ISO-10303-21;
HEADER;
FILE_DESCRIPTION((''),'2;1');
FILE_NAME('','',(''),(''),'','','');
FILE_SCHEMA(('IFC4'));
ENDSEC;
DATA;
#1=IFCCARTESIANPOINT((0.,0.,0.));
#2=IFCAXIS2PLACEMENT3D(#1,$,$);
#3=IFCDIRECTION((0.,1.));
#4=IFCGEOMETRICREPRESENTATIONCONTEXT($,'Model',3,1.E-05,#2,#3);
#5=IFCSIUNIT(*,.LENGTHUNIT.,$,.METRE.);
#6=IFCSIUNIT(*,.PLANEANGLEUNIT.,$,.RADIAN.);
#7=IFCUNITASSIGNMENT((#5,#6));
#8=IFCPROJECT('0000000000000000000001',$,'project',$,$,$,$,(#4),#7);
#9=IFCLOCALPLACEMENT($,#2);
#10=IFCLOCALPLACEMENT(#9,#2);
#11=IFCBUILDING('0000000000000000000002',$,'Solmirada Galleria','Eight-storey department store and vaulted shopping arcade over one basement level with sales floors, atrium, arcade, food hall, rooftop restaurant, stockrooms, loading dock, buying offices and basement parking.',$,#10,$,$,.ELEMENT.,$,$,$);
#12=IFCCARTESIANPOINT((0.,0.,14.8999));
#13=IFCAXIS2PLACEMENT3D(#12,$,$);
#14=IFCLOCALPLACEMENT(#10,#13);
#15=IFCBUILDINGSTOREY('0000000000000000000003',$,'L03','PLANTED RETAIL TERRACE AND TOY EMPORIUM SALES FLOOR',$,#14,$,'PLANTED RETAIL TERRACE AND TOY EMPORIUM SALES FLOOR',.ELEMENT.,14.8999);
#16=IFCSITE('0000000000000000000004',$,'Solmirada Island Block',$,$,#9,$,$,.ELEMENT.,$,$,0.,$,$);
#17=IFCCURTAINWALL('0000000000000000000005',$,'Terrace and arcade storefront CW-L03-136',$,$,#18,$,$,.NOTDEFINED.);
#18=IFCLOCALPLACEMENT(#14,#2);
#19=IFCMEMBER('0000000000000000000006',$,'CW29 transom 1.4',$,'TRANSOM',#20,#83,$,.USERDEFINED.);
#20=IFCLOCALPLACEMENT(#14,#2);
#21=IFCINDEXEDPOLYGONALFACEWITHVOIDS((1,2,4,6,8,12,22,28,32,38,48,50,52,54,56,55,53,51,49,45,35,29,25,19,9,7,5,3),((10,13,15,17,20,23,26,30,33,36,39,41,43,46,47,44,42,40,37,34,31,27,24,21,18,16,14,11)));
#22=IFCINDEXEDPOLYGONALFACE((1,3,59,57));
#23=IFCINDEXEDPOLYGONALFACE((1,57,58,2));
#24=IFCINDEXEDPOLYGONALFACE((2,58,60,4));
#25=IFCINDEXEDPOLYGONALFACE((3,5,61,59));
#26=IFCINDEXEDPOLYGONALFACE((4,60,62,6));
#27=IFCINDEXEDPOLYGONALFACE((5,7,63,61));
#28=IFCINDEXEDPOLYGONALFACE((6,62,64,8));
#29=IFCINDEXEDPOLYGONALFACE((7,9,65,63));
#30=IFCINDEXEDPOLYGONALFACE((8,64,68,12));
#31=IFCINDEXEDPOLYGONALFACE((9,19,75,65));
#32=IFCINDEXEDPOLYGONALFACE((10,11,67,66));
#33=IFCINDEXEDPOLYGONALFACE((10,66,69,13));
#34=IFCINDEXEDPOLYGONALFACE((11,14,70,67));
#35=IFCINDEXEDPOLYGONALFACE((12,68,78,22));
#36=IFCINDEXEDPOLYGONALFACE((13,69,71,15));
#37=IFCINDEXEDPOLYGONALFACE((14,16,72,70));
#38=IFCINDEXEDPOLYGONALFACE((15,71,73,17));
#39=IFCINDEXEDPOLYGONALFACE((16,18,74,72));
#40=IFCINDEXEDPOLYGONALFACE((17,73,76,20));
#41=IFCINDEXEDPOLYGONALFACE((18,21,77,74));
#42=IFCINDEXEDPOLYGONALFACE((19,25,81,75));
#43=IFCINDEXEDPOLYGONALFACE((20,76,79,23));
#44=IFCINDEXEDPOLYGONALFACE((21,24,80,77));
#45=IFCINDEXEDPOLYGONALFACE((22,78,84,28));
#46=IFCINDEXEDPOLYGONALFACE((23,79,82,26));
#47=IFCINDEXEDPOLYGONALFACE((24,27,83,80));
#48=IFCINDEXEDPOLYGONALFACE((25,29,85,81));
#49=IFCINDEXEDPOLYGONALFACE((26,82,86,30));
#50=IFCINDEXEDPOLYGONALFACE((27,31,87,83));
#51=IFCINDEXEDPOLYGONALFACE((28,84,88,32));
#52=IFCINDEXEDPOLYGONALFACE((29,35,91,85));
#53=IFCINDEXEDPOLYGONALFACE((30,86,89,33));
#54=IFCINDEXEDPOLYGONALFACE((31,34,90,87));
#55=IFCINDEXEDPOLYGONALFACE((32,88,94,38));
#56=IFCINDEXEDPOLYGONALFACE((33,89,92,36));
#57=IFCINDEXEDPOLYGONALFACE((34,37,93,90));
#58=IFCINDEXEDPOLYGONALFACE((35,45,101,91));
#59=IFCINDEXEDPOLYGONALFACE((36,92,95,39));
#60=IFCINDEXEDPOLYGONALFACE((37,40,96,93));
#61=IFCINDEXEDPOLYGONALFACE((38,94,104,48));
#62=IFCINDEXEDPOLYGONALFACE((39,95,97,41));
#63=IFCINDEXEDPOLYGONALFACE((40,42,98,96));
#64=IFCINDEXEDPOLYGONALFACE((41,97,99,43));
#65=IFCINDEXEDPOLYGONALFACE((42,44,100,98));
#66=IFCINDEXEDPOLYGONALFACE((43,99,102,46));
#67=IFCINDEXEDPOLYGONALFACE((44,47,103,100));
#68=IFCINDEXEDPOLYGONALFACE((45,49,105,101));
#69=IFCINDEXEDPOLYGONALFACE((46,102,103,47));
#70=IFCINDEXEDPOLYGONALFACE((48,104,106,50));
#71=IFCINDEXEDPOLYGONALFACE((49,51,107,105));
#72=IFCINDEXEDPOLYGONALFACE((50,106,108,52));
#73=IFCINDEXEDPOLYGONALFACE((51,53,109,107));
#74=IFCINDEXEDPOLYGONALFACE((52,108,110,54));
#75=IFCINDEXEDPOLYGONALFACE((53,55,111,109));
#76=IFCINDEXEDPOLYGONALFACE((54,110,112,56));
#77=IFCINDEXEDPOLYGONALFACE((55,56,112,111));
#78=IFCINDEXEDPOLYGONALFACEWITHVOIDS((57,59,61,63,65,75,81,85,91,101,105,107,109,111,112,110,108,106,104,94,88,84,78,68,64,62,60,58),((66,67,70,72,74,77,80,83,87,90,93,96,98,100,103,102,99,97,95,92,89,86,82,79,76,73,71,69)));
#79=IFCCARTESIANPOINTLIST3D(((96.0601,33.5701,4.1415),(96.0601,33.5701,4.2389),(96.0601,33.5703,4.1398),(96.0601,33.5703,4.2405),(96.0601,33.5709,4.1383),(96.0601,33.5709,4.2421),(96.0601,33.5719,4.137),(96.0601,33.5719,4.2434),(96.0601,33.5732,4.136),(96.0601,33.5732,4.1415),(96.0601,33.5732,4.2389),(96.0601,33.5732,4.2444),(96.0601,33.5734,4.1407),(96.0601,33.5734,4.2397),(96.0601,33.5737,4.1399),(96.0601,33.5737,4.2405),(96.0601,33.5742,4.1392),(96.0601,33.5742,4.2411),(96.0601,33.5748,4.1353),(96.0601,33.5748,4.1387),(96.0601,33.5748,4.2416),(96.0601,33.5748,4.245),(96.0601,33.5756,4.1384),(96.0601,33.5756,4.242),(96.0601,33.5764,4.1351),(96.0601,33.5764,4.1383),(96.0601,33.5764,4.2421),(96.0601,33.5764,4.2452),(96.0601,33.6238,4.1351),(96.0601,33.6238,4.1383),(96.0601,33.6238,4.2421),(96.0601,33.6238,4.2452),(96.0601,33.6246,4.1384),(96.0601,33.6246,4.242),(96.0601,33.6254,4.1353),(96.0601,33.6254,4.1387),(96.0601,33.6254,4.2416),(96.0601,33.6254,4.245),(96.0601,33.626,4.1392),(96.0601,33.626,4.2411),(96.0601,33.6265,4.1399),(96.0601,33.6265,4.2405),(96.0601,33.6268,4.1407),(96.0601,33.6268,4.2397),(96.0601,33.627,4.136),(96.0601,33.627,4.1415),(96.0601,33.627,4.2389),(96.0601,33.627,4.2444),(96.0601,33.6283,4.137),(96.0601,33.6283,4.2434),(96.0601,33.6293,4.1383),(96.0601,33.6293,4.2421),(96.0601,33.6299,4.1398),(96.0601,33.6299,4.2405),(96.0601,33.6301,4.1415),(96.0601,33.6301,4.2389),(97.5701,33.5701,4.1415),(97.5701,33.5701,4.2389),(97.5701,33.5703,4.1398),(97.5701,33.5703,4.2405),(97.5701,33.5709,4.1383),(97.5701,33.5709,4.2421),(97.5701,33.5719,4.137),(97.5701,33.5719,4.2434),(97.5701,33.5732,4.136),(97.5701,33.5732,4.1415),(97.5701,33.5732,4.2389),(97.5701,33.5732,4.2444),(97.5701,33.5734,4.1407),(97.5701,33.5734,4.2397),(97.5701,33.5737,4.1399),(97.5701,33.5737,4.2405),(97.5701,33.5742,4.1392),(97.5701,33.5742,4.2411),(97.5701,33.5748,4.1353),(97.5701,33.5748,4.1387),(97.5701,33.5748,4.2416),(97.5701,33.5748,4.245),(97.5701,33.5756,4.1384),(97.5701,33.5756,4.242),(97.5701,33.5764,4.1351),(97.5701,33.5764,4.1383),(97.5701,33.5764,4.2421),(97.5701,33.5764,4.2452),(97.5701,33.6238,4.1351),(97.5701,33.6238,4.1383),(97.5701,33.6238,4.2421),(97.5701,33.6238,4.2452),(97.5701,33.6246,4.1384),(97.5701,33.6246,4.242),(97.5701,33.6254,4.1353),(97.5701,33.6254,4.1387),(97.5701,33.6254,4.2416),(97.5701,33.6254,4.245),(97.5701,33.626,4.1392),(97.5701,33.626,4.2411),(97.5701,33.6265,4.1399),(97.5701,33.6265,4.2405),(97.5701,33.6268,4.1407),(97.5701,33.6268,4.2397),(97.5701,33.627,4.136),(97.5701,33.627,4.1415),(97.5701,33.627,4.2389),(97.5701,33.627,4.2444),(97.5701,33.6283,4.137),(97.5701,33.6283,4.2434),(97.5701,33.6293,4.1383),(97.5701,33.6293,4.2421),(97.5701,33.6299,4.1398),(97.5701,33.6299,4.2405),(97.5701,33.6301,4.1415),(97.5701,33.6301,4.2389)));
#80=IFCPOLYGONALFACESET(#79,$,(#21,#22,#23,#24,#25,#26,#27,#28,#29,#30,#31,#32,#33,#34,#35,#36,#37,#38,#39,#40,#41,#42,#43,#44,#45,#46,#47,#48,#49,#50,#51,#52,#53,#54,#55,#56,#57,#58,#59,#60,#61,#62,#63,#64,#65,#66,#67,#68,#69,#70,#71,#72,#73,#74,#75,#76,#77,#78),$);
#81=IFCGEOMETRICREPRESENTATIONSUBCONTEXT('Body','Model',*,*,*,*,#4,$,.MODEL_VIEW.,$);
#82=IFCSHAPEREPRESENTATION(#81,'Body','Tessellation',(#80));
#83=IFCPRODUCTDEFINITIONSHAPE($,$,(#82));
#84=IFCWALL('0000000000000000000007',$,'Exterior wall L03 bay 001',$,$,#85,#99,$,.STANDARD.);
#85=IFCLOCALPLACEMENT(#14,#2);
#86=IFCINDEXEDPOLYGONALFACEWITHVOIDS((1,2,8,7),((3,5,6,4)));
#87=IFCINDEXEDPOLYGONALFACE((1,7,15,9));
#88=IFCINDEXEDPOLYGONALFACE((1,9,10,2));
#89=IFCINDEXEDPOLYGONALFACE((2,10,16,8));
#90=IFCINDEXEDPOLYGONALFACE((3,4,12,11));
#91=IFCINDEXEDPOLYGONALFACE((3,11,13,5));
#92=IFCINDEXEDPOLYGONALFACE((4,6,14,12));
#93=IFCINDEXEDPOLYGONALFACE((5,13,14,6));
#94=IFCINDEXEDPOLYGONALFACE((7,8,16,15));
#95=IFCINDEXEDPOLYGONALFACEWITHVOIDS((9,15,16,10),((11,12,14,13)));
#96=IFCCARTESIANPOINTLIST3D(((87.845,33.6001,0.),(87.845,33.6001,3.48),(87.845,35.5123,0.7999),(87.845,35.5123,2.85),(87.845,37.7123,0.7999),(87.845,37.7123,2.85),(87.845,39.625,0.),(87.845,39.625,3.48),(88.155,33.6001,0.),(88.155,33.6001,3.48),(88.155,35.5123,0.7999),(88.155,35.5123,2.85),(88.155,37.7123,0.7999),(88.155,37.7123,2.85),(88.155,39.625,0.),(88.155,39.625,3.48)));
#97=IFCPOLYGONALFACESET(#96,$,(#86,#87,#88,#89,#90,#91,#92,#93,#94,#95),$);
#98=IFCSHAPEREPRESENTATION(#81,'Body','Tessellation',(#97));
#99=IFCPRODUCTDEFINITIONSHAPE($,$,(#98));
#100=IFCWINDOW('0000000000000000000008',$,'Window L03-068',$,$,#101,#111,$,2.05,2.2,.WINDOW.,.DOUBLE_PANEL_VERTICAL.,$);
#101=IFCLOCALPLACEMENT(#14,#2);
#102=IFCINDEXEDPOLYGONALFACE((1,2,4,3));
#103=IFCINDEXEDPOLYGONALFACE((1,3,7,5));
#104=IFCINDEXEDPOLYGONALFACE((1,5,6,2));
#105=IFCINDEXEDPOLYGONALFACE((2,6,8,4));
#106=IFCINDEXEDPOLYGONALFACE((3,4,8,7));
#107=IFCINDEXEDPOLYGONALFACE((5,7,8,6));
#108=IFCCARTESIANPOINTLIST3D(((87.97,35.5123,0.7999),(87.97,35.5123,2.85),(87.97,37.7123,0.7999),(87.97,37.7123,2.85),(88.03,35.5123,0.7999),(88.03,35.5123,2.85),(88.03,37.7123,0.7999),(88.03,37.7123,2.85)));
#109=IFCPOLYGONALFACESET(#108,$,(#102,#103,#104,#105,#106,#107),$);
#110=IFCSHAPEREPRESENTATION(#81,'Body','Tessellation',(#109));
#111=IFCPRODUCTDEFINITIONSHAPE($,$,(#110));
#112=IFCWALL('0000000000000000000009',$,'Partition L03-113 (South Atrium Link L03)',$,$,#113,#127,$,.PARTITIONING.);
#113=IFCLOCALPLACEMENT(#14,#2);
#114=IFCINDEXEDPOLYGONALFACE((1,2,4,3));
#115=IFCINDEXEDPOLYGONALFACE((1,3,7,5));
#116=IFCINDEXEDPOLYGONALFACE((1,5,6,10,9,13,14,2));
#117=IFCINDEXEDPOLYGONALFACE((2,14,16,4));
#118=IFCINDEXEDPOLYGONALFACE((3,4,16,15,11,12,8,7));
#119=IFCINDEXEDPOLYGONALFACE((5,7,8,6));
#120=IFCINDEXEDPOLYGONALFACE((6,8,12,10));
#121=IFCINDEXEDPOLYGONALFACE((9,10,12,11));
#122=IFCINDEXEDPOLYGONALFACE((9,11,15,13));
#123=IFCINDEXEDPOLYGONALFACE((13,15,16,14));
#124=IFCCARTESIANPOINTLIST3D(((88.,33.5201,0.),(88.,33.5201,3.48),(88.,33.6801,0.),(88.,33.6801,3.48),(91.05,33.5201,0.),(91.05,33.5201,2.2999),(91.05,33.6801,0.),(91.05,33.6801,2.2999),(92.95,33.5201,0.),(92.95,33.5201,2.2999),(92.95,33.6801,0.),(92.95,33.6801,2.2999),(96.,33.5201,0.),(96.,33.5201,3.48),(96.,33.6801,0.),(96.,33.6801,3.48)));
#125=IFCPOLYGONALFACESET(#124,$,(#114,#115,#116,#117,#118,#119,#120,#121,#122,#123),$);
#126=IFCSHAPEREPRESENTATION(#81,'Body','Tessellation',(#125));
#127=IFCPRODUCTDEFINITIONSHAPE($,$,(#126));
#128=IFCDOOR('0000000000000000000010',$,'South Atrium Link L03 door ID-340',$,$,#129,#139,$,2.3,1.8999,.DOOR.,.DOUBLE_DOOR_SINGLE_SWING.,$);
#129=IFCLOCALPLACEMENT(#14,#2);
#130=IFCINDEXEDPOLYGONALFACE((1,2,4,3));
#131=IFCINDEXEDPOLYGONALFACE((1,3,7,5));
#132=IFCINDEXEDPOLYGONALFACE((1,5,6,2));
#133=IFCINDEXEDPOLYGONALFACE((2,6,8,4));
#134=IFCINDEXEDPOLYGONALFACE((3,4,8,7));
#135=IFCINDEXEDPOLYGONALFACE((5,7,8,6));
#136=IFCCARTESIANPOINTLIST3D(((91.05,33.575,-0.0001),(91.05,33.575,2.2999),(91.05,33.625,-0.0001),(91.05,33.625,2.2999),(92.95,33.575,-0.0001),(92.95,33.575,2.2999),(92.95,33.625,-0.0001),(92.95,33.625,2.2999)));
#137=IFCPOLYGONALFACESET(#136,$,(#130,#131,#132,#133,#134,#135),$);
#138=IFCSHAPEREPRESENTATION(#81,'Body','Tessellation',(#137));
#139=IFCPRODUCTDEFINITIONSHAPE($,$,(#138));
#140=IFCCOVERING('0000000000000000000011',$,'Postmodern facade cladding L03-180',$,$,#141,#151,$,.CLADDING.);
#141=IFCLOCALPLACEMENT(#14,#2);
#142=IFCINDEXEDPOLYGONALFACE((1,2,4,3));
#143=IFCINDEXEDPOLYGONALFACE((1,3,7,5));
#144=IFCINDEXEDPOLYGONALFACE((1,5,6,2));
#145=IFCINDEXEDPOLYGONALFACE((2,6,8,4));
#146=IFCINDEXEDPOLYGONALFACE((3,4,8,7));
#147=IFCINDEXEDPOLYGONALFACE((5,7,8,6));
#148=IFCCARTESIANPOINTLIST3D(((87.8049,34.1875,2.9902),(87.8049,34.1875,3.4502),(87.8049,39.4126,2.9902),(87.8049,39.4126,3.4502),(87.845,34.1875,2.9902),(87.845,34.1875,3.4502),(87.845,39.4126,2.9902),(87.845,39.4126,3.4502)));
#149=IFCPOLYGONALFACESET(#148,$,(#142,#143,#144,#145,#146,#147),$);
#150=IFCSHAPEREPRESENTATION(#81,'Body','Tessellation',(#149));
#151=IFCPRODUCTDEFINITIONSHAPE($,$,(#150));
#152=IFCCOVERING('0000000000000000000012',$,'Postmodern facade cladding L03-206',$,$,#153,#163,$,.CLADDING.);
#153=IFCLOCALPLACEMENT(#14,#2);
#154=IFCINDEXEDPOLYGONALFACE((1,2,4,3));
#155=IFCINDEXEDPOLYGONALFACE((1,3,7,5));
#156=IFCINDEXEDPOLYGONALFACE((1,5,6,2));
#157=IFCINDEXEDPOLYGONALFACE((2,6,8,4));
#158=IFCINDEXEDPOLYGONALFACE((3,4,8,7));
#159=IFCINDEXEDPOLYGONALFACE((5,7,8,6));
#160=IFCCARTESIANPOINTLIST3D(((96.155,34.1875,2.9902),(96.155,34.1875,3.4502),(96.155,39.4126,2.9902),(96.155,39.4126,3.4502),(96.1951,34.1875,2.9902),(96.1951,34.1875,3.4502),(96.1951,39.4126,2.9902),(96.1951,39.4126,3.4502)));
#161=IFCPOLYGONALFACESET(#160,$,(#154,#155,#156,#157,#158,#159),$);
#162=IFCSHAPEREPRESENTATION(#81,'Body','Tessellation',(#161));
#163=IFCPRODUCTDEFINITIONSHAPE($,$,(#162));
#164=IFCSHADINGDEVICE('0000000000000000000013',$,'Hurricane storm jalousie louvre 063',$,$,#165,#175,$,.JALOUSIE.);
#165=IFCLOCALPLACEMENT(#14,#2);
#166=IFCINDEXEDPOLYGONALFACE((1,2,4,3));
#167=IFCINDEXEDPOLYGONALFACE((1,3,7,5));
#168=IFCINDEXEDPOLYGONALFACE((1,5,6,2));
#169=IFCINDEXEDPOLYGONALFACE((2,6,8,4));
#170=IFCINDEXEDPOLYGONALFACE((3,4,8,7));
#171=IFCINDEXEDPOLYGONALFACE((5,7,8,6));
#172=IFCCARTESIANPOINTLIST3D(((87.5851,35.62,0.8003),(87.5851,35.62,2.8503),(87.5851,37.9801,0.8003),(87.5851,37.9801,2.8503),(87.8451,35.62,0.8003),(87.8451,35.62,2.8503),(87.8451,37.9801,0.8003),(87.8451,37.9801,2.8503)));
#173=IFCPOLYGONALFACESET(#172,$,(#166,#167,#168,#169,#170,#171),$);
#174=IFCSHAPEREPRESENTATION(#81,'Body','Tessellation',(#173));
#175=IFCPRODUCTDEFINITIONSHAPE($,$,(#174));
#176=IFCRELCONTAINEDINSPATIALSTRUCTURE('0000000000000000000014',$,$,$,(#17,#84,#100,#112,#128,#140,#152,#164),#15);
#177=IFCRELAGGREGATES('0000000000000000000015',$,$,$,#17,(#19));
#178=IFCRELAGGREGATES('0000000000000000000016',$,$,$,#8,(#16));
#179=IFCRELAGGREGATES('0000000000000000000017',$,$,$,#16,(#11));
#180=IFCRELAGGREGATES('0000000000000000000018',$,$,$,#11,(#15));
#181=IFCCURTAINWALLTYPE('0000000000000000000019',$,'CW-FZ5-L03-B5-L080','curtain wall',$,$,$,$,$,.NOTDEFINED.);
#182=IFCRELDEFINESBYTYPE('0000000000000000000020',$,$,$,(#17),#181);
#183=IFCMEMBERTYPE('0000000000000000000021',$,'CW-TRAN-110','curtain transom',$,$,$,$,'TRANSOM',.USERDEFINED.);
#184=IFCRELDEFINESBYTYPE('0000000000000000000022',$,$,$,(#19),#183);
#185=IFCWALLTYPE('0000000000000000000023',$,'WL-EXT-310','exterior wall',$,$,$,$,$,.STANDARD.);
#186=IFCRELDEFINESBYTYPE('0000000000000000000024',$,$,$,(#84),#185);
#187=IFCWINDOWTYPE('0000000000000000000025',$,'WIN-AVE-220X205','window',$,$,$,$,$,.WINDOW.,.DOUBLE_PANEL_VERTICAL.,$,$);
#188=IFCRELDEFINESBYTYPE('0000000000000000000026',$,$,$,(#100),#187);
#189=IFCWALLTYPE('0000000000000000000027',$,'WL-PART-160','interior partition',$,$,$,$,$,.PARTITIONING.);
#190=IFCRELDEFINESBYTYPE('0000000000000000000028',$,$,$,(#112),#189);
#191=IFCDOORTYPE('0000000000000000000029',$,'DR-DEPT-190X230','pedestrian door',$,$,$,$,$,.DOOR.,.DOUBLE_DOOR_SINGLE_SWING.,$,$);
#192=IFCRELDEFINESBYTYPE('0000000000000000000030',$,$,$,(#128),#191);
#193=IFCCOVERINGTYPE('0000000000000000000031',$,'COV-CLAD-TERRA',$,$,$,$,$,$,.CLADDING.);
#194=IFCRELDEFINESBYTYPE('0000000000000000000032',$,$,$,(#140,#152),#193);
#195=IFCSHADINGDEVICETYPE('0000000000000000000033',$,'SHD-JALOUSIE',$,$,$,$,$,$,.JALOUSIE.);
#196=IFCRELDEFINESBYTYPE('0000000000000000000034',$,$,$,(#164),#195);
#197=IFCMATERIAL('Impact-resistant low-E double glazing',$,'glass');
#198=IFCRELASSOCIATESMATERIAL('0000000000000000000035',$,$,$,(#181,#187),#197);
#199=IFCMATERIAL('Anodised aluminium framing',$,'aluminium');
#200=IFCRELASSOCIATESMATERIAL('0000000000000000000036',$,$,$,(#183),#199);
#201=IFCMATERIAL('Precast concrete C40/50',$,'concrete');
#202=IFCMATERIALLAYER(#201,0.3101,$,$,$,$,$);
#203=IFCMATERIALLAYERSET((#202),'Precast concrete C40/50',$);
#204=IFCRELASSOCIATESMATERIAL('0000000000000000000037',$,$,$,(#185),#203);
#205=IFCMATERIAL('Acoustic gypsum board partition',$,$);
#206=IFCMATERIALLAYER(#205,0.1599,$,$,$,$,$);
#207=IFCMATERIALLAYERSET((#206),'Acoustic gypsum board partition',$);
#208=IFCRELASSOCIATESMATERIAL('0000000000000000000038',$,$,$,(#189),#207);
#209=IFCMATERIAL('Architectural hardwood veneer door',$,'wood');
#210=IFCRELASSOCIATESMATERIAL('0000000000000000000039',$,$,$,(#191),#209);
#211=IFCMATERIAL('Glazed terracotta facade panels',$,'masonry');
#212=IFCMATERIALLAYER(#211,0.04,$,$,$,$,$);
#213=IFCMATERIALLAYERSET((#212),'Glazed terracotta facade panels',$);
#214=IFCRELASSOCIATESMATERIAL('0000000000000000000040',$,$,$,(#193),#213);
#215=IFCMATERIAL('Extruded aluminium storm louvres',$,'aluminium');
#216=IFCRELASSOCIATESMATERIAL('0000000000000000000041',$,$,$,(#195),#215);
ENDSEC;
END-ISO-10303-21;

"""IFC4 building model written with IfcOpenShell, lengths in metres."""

from ifc_helpers import new_model, si_unit, direction, frame, frame_2d, origin, origin_2d, place, context, subcontext, project, spatial, rectangle, hollow_rectangle, extrude, material, layer, layer_set, material_profile, profile_set, type_object, element, fill, aggregate, save


model = new_model("IFC4")

# Units and contexts
model_context = context("Model", 3, precision=1e-05, world=origin(), true_north=direction((0.0, 1.0)))
body_context = subcontext(model_context, "Body", "Model", "MODEL_VIEW")
ifc_project = project(units=[si_unit("LENGTHUNIT", "METRE"), si_unit("PLANEANGLEUNIT", "RADIAN")], contexts=[model_context])

# Site, building, storey
site_placement = place(None, origin())
site = spatial("IfcSite", under=ifc_project, at=site_placement, Name="Solmirada Island Block", CompositionType="ELEMENT", RefElevation=0.0)
building_placement = place(site_placement, origin())
building = spatial("IfcBuilding", under=site, at=building_placement, Name="Solmirada Galleria", Description="Eight-storey department store and vaulted shopping arcade over one basement level with sales floors, atrium, arcade, food hall, rooftop restaurant, stockrooms, loading dock, buying offices and basement parking.", CompositionType="ELEMENT")
storey_placement = place(building_placement, frame((0.0, 0.0, 14.8999)))
storey = spatial("IfcBuildingStorey", under=building, at=storey_placement, Name="L03", Description="PLANTED RETAIL TERRACE AND TOY EMPORIUM SALES FLOOR", LongName="PLANTED RETAIL TERRACE AND TOY EMPORIUM SALES FLOOR", CompositionType="ELEMENT", Elevation=14.8999)

# Curtain wall, member
ifc_material_1 = material(Name="Impact-resistant low-E double glazing", Category="glass")
curtain_wall_type = type_object("IfcCurtainWallType", Name="CW-FZ5-L03-B5-L080", Description="curtain wall", PredefinedType="NOTDEFINED", material=ifc_material_1)
curtain_wall_placement = place(storey_placement, origin())
curtain_wall = element("IfcCurtainWall", 1, at=curtain_wall_placement, inside=storey, type_object=curtain_wall_type, Name="Terrace and arcade storefront CW-L03-136", PredefinedType="NOTDEFINED")
ifc_material_2 = material(Name="Anodised aluminium framing", Category="aluminium")
ifc_material_profile_1 = material_profile(ifc_material_2, hollow_rectangle(XDim=0.0601, YDim=0.1101, WallThickness=0.0032, InnerFilletRadius=0.0032, OuterFilletRadius=0.0063, at=origin_2d()), Name="ALU-TRAN-110X60")
ifc_profile_set_1 = profile_set([ifc_material_profile_1], Name="Anodised aluminium framing")
member_type_1 = type_object("IfcMemberType", Name="CW-TRAN-110", Description="curtain transom", ElementType="TRANSOM", PredefinedType="USERDEFINED", material=ifc_profile_set_1)
member_1_placement = place(storey_placement, frame((96.0601, 33.6001, 4.1902), z_axis=(1.0, 0.0, 0.0), x_axis=(0.0, 1.0, 0.0)))
member_1 = element("IfcMember", 2, at=member_1_placement, type_object=member_type_1, Name="CW29 transom 1.4", ObjectType="TRANSOM", PredefinedType="USERDEFINED", context=body_context, shape_type="SweptSolid", body=[
    extrude(hollow_rectangle(XDim=0.0601, YDim=0.1101, WallThickness=0.0032, InnerFilletRadius=0.0032, OuterFilletRadius=0.0063, at=origin_2d()), origin(), (0.0, 0.0, 1.0), 1.51),
])
aggregate(curtain_wall, [member_1])

# Wall, opening, window
ifc_material_3 = material(Name="Precast concrete C40/50", Category="concrete")
ifc_layer_1 = layer(ifc_material_3, 0.3101)
ifc_layer_set_1 = layer_set([ifc_layer_1], Name="Precast concrete C40/50")
wall_type_1 = type_object("IfcWallType", Name="WL-EXT-310", Description="exterior wall", PredefinedType="STANDARD", material=ifc_layer_set_1)
wall_1_placement = place(storey_placement, frame((88.0, 33.6001, 0.0), z_axis=(0.0, 0.0, 1.0), x_axis=(0.0, 1.0, 0.0)))
wall_1 = element("IfcWall", 3, at=wall_1_placement, inside=storey, type_object=wall_type_1, Name="Exterior wall L03 bay 001", PredefinedType="STANDARD", context=body_context, shape_type="SweptSolid", body=[
    extrude(rectangle(XDim=6.0249, YDim=0.3101, at=frame_2d((3.0125, 0.0))), origin(), (0.0, 0.0, 1.0), 3.48),
])
opening_1_placement = place(wall_1_placement, frame((1.9121, 0.0, 0.8)))
opening_1 = element("IfcOpeningElement", 4, at=opening_1_placement, cuts=wall_1, PredefinedType="OPENING", context=body_context, shape_type="SweptSolid", body=[
    extrude(rectangle(XDim=2.2, YDim=2.05, at=frame_2d((1.1001, 1.0249))), frame((0.0, 0.165, 0.0), z_axis=(0.0, -1.0, 0.0), x_axis=(1.0, 0.0, 0.0)), (0.0, 0.0, 1.0), 0.3301),
])
window_type = type_object("IfcWindowType", Name="WIN-AVE-220X205", Description="window", PartitioningType="DOUBLE_PANEL_VERTICAL", PredefinedType="WINDOW", material=ifc_material_1)
window_placement = place(opening_1_placement, origin())
window = element("IfcWindow", 5, at=window_placement, inside=storey, type_object=window_type, Name="Window L03-068", OverallHeight=2.05, OverallWidth=2.2, PartitioningType="DOUBLE_PANEL_VERTICAL", PredefinedType="WINDOW", context=body_context, shape_type="SweptSolid", body=[
    extrude(rectangle(XDim=2.2, YDim=2.05, at=frame_2d((1.1001, 1.0249))), frame((0.0, 0.03, 0.0), z_axis=(0.0, -1.0, 0.0), x_axis=(1.0, 0.0, 0.0)), (0.0, 0.0, 1.0), 0.0601),
])
fill(opening_1, window)

# Wall, opening, door
ifc_material_4 = material(Name="Acoustic gypsum board partition")
ifc_layer_2 = layer(ifc_material_4, 0.1599)
ifc_layer_set_2 = layer_set([ifc_layer_2], Name="Acoustic gypsum board partition")
wall_type_2 = type_object("IfcWallType", Name="WL-PART-160", Description="interior partition", PredefinedType="PARTITIONING", material=ifc_layer_set_2)
wall_2_placement = place(storey_placement, frame((88.0, 33.6001, 0.0), z_axis=(0.0, 0.0, 1.0), x_axis=(1.0, 0.0, 0.0)))
wall_2 = element("IfcWall", 6, at=wall_2_placement, inside=storey, type_object=wall_type_2, Name="Partition L03-113 (South Atrium Link L03)", PredefinedType="PARTITIONING", context=body_context, shape_type="SweptSolid", body=[
    extrude(rectangle(XDim=8.0, YDim=0.1599, at=frame_2d((4.0, 0.0))), origin(), (0.0, 0.0, 1.0), 3.48),
])
opening_2_placement = place(wall_2_placement, frame((3.05, 0.0, 0.0)))
opening_2 = element("IfcOpeningElement", 7, at=opening_2_placement, cuts=wall_2, PredefinedType="OPENING", context=body_context, shape_type="SweptSolid", body=[
    extrude(rectangle(XDim=1.8999, YDim=2.3, at=frame_2d((0.95, 1.1499))), frame((0.0, 0.0898, 0.0), z_axis=(0.0, -1.0, 0.0), x_axis=(1.0, 0.0, 0.0)), (0.0, 0.0, 1.0), 0.1799),
])
ifc_material_5 = material(Name="Architectural hardwood veneer door", Category="wood")
door_type = type_object("IfcDoorType", Name="DR-DEPT-190X230", Description="pedestrian door", OperationType="DOUBLE_DOOR_SINGLE_SWING", PredefinedType="DOOR", material=ifc_material_5)
door_placement = place(opening_2_placement, origin())
door = element("IfcDoor", 8, at=door_placement, inside=storey, type_object=door_type, Name="South Atrium Link L03 door ID-340", OperationType="DOUBLE_DOOR_SINGLE_SWING", OverallHeight=2.3, OverallWidth=1.8999, PredefinedType="DOOR", context=body_context, shape_type="SweptSolid", body=[
    extrude(rectangle(XDim=1.8999, YDim=2.3, at=frame_2d((0.95, 1.1499))), frame((0.0, 0.0249, 0.0), z_axis=(0.0, -1.0, 0.0), x_axis=(1.0, 0.0, 0.0)), (0.0, 0.0, 1.0), 0.05),
])
fill(opening_2, door)

# Coverings
ifc_material_6 = material(Name="Glazed terracotta facade panels", Category="masonry")
ifc_layer_3 = layer(ifc_material_6, 0.04)
ifc_layer_set_3 = layer_set([ifc_layer_3], Name="Glazed terracotta facade panels")
covering_type = type_object("IfcCoveringType", Name="COV-CLAD-TERRA", PredefinedType="CLADDING", material=ifc_layer_set_3)
for number, where, z_axis, x_axis, name in (
    (9, (87.825, 36.8, 2.9902), (0.0, 0.0, 1.0), (0.0, 1.0, 0.0), "Postmodern facade cladding L03-180"),
    (10, (96.175, 36.8, 2.9902), (0.0, 0.0, 1.0), (0.0, -1.0, 0.0), "Postmodern facade cladding L03-206"),
):
    element("IfcCovering", number, at=place(storey_placement, frame(where, z_axis=z_axis, x_axis=x_axis)), inside=storey, type_object=covering_type, Name=name, PredefinedType="CLADDING", context=body_context, shape_type="SweptSolid", body=[
        extrude(rectangle(XDim=5.2251, YDim=0.04, at=origin_2d()), origin(), (0.0, 0.0, 1.0), 0.46),
    ])

# Shading device
ifc_material_7 = material(Name="Extruded aluminium storm louvres", Category="aluminium")
shading_device_type = type_object("IfcShadingDeviceType", Name="SHD-JALOUSIE", PredefinedType="JALOUSIE", material=ifc_material_7)
shading_device_placement = place(storey_placement, frame((87.7151, 36.8, 0.8003), z_axis=(0.0, 0.0, 1.0), x_axis=(0.0, 1.0, 0.0)))
element("IfcShadingDevice", 11, at=shading_device_placement, inside=storey, type_object=shading_device_type, Name="Hurricane storm jalousie louvre 063", PredefinedType="JALOUSIE", context=body_context, shape_type="SweptSolid", body=[
    extrude(rectangle(XDim=2.3601, YDim=0.26, at=origin_2d()), origin(), (0.0, 0.0, 1.0), 2.05),
])

save(model, "model.ifc")
